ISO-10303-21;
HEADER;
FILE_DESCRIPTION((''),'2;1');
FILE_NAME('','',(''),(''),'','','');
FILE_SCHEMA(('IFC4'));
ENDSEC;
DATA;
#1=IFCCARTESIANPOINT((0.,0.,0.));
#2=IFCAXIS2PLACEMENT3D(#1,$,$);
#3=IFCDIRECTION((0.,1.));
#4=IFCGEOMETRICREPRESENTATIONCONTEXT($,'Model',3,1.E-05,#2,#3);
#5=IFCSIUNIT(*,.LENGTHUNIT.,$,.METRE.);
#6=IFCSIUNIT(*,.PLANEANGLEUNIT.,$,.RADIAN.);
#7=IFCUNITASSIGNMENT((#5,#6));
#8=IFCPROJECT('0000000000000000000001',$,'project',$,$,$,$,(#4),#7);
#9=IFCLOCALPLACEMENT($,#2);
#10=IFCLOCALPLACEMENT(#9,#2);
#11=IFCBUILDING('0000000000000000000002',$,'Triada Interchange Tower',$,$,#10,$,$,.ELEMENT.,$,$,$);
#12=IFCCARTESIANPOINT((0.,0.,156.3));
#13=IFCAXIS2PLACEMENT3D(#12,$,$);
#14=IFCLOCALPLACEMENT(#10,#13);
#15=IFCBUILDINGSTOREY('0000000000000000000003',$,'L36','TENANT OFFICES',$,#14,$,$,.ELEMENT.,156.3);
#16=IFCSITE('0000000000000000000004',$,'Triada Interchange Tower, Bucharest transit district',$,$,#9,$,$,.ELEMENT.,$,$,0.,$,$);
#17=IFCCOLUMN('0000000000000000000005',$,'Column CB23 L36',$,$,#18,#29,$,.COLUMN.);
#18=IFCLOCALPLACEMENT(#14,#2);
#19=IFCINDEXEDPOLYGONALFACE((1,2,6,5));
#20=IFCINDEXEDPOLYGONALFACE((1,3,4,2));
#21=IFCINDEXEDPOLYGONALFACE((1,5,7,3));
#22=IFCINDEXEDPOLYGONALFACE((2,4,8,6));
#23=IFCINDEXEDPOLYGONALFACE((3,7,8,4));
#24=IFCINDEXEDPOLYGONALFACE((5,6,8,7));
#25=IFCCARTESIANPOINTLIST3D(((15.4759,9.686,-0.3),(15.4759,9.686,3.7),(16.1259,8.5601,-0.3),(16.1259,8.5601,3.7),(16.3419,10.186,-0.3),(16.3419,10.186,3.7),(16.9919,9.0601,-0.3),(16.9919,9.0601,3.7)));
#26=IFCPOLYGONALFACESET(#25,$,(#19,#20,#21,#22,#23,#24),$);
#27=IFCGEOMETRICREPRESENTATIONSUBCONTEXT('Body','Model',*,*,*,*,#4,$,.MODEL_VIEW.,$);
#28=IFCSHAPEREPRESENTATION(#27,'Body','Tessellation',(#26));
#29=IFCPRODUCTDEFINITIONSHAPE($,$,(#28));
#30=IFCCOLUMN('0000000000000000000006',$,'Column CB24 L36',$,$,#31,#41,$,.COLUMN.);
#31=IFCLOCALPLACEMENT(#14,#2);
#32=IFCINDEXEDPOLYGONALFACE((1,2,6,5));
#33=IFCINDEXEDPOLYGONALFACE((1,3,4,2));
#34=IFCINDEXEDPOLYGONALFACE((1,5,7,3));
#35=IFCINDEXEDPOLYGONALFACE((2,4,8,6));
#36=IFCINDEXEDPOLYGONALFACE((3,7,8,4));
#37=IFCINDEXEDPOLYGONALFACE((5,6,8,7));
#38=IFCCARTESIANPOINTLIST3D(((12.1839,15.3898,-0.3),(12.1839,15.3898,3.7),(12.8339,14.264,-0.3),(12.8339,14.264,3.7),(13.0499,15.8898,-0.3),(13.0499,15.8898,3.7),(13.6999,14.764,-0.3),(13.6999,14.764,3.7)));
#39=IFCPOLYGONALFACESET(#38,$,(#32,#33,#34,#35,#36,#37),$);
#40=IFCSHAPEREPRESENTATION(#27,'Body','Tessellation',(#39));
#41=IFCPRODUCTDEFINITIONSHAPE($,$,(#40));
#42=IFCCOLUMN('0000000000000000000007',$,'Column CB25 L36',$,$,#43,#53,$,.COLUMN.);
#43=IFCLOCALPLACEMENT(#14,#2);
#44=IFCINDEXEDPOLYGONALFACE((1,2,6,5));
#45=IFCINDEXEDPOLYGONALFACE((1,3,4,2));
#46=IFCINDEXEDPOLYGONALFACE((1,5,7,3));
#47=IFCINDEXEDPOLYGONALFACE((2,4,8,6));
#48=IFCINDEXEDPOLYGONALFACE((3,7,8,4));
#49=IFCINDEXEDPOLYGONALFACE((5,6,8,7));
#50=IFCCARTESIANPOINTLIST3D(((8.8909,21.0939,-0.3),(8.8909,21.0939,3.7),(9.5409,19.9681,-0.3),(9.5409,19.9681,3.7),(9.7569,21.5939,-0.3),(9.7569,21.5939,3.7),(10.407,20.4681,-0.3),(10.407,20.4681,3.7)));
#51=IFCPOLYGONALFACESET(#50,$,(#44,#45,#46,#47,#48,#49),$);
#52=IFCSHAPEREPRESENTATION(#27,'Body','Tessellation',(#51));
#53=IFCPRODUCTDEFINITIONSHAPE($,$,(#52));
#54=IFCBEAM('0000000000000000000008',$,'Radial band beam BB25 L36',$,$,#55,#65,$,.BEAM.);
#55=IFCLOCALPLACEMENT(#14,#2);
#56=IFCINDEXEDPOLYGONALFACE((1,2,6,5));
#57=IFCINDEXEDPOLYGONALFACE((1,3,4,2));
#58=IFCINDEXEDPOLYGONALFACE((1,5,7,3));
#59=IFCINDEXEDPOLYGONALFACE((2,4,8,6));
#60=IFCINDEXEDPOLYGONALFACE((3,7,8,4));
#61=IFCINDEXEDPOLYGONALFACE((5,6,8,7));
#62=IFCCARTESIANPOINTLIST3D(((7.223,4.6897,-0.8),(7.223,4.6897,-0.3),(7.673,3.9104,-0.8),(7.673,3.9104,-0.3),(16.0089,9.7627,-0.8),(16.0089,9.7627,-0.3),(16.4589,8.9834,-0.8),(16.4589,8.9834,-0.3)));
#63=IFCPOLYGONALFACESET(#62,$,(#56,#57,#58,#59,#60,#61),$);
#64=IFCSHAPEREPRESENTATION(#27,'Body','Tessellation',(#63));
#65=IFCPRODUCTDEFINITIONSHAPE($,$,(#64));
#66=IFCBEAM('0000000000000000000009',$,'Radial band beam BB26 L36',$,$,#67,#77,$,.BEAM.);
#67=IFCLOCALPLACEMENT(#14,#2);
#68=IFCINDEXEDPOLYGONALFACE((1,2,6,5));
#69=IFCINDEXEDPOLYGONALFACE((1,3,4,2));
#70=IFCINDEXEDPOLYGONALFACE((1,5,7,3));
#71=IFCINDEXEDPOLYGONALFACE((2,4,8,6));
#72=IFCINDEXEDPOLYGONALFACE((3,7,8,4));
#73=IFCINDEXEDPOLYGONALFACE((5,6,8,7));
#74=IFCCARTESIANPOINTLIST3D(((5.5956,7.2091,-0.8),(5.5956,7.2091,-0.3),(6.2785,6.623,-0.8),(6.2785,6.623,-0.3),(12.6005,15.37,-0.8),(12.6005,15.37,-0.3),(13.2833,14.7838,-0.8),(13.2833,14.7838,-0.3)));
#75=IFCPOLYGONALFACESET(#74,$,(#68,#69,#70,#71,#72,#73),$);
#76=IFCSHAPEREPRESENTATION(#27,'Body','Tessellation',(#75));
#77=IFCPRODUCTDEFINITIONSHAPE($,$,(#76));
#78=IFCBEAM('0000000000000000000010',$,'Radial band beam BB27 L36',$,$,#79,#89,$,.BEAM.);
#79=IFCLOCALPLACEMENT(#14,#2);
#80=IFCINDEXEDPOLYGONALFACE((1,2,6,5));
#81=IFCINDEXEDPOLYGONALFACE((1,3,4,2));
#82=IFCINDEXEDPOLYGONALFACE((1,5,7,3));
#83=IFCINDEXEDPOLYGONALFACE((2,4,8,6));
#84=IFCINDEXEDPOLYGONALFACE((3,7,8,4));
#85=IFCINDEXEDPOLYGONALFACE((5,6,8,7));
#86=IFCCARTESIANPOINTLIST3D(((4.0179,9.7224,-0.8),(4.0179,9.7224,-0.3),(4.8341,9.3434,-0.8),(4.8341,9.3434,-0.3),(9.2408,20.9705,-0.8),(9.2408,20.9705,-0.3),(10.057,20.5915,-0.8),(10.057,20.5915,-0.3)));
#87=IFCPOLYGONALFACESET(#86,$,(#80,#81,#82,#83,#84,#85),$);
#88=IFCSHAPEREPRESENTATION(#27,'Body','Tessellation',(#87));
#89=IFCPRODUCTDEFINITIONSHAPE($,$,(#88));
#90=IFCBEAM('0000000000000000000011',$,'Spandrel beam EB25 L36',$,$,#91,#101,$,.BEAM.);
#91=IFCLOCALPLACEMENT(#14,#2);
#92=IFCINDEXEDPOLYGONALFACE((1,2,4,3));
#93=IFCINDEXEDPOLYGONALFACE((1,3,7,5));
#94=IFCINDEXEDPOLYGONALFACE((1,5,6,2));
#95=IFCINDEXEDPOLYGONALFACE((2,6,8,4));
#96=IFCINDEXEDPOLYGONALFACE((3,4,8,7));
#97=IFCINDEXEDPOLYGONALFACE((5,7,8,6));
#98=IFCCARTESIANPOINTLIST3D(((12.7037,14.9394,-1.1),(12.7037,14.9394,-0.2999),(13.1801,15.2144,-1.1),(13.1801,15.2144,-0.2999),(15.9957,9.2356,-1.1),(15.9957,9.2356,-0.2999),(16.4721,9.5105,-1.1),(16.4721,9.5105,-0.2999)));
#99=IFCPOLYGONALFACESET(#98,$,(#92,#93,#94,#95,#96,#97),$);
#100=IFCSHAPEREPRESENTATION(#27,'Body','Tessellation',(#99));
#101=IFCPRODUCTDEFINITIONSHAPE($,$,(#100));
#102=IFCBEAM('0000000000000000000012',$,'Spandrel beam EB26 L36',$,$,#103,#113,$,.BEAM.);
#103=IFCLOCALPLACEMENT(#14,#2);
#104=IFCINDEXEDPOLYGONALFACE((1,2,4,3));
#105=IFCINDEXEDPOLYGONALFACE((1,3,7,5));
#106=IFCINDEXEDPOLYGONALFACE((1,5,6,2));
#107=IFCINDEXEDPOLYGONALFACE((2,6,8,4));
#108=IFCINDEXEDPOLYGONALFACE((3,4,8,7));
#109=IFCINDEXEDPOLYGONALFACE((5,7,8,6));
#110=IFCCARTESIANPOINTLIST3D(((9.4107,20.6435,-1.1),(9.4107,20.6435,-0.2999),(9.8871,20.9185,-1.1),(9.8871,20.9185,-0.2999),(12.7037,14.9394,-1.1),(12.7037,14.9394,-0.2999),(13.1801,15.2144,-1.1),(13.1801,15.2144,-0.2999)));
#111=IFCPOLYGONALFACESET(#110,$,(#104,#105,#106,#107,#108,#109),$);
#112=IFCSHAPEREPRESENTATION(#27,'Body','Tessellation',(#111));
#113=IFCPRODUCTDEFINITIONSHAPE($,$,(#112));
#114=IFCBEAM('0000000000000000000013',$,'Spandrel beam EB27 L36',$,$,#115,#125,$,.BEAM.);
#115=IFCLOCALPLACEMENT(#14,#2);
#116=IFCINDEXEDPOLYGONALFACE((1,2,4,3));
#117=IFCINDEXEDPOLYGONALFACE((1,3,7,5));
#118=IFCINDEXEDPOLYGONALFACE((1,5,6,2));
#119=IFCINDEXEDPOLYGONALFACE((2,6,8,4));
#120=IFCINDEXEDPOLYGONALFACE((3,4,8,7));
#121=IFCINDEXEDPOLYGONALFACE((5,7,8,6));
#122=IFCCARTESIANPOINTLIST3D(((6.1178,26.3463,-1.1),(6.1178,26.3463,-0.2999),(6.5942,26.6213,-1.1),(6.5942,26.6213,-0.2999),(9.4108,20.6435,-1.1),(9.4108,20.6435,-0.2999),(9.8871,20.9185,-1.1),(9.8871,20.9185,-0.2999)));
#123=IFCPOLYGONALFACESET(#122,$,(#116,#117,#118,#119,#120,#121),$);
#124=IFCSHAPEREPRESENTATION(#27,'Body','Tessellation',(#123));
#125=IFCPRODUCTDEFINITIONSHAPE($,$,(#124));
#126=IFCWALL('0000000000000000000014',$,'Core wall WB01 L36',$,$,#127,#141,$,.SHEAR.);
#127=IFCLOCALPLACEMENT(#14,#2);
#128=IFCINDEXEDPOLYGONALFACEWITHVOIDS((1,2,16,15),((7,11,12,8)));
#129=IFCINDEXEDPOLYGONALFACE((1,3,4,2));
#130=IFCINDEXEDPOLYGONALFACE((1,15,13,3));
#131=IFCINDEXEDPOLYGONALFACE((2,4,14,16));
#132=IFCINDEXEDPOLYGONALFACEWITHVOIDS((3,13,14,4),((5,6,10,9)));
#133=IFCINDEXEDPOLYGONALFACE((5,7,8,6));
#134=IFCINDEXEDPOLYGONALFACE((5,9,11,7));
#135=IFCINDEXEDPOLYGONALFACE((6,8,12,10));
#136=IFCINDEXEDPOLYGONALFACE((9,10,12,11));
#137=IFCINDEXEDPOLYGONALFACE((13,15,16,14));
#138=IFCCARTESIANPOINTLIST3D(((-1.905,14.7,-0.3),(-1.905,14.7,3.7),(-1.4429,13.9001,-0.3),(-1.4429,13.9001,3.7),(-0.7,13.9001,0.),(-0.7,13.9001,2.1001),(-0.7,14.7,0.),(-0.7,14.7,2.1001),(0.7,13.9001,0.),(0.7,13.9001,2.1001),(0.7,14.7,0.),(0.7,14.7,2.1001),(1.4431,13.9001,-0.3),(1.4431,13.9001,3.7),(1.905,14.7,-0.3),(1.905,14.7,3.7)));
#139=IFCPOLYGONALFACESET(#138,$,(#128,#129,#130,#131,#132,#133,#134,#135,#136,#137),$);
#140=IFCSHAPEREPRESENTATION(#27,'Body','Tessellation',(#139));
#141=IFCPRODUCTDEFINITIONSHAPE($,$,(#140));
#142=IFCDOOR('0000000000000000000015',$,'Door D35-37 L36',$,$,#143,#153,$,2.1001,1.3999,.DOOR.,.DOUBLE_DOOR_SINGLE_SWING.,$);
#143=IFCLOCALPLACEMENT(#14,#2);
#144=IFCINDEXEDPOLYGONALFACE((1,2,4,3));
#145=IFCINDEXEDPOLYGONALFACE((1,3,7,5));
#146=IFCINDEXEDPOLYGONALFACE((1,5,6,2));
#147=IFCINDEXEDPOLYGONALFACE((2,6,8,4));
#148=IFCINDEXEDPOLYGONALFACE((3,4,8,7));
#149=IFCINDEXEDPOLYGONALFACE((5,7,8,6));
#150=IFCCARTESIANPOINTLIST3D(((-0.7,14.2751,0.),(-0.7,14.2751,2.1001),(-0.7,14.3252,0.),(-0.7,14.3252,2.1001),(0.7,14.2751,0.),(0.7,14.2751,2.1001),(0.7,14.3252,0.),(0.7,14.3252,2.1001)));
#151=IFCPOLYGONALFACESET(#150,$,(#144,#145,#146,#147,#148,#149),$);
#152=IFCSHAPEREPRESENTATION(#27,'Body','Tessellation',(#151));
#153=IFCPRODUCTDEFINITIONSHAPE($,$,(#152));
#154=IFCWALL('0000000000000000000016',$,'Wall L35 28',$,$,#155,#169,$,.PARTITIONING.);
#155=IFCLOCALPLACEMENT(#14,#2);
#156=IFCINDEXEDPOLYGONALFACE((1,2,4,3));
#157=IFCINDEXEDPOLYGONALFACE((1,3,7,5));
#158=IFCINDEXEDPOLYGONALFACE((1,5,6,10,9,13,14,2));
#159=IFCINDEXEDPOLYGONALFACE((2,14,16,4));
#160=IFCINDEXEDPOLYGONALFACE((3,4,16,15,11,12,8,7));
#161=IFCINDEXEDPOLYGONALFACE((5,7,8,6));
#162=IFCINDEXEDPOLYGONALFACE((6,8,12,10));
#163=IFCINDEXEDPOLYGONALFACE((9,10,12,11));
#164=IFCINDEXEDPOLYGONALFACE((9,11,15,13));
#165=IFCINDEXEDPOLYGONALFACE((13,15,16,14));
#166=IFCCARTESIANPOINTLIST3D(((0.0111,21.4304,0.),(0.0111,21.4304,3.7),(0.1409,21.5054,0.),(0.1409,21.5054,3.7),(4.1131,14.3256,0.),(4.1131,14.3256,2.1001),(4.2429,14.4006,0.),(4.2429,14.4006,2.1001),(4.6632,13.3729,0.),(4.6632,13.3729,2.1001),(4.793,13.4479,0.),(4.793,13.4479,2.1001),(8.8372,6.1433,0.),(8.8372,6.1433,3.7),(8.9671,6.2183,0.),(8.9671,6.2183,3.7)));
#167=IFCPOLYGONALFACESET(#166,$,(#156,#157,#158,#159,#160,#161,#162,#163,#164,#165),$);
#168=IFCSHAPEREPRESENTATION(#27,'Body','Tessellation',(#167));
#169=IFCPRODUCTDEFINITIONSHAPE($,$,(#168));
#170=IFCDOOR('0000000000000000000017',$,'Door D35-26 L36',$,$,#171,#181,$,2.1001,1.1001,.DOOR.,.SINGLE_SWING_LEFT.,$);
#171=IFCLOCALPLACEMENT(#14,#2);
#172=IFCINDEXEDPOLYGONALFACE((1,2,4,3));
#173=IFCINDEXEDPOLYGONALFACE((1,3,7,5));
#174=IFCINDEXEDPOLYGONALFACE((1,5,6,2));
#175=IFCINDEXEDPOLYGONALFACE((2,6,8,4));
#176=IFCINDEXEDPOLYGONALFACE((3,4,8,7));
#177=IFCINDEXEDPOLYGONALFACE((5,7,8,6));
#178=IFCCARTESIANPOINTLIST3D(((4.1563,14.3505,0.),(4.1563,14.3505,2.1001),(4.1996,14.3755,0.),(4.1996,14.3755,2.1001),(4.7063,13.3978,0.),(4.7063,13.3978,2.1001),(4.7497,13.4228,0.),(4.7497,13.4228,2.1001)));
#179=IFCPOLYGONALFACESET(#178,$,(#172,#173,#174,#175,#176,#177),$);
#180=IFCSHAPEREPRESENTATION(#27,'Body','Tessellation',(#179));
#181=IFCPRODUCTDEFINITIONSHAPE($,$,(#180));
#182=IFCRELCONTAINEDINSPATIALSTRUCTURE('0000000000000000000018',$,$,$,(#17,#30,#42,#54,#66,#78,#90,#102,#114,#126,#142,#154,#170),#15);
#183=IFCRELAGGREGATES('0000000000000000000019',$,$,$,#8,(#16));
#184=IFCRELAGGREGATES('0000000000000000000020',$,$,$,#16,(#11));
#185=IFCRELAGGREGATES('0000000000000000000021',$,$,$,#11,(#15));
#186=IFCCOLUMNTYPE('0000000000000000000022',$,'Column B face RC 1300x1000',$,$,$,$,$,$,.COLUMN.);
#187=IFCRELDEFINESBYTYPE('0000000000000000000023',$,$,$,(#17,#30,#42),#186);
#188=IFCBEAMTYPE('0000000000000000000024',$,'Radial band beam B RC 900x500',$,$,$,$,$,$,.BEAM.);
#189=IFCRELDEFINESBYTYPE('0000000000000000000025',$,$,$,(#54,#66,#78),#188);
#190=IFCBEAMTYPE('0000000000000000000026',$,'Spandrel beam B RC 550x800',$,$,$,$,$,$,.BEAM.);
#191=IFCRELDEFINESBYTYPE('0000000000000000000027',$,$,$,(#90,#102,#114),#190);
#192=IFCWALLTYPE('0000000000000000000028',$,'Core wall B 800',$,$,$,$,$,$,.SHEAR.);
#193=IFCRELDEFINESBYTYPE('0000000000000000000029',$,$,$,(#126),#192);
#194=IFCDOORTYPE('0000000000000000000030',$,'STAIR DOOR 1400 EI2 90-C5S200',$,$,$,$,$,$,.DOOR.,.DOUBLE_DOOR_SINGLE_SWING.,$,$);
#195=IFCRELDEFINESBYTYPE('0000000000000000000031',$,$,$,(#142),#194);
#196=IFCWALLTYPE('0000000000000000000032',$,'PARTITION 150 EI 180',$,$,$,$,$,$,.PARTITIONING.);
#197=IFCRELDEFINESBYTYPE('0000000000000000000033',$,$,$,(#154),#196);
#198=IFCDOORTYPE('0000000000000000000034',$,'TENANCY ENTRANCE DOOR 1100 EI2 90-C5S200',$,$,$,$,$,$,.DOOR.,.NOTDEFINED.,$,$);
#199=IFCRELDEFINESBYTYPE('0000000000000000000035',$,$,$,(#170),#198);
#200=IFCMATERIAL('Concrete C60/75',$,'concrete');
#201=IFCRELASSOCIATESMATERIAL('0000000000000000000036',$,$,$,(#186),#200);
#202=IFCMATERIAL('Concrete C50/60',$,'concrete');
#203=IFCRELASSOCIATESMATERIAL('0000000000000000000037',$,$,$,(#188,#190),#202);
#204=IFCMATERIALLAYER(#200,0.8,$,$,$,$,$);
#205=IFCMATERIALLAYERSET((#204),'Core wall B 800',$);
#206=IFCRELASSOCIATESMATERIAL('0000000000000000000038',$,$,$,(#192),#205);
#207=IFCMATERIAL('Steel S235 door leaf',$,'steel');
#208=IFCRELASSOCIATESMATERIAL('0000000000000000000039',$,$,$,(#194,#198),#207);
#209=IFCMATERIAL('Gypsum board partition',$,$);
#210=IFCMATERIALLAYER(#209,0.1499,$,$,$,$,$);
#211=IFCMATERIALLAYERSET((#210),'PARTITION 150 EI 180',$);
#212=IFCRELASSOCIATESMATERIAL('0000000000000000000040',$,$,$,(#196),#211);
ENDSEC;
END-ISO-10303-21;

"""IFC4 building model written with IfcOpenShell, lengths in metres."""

from ifc_helpers import new_model, si_unit, direction, frame, frame_2d, origin, origin_2d, place, context, subcontext, project, spatial, polyline, rectangle, outline, extrude, material, layer, layer_set, material_profile, profile_set, type_object, element, fill, save


model = new_model("IFC4")

# Units and contexts
model_context = context("Model", 3, precision=1e-05, world=origin(), true_north=direction((0.0, 1.0)))
body_context = subcontext(model_context, "Body", "Model", "MODEL_VIEW")
ifc_project = project(units=[si_unit("LENGTHUNIT", "METRE"), si_unit("PLANEANGLEUNIT", "RADIAN")], contexts=[model_context])

# Site, building, storey
site_placement = place(None, origin())
site = spatial("IfcSite", under=ifc_project, at=site_placement, Name="Triada Interchange Tower, Bucharest transit district", CompositionType="ELEMENT", RefElevation=0.0)
building_placement = place(site_placement, origin())
building = spatial("IfcBuilding", under=site, at=building_placement, Name="Triada Interchange Tower", CompositionType="ELEMENT")
storey_placement = place(building_placement, frame((0.0, 0.0, 156.3)))
storey = spatial("IfcBuildingStorey", under=building, at=storey_placement, Name="L36", Description="TENANT OFFICES", CompositionType="ELEMENT", Elevation=156.3)

# Columns
ifc_material_1 = material(Name="Concrete C60/75", Category="concrete")
ifc_material_profile_1 = material_profile(ifc_material_1, rectangle(XDim=1.3, YDim=1.0, at=origin_2d()), Name="RC 1300x1000")
ifc_profile_set_1 = profile_set([ifc_material_profile_1], Name="Concrete C60/75")
column_type = type_object("IfcColumnType", Name="Column B face RC 1300x1000", PredefinedType="COLUMN", material=ifc_profile_set_1)
for number, where, z_axis, x_axis, name in (
    (1, (16.2339, 9.373, -0.3), (0.0, 0.0, 1.0), (-0.5, 0.866025, 0.0), "Column CB23 L36"),
    (2, (12.9419, 15.0769, -0.3), (0.0, 0.0, 1.0), (-0.5, 0.866025, 0.0), "Column CB24 L36"),
    (3, (9.6489, 20.781, -0.3), (0.0, 0.0, 1.0), (-0.5, 0.866025, 0.0), "Column CB25 L36"),
):
    element("IfcColumn", number, at=place(storey_placement, frame(where, z_axis=z_axis, x_axis=x_axis)), inside=storey, type_object=column_type, Name=name, PredefinedType="COLUMN", context=body_context, shape_type="SweptSolid", body=[
        extrude(rectangle(XDim=1.3, YDim=1.0, at=origin_2d()), origin(), (0.0, 0.0, 1.0), 4.0),
    ])

# Beams
ifc_material_2 = material(Name="Concrete C50/60", Category="concrete")
ifc_material_profile_2 = material_profile(ifc_material_2, rectangle(XDim=0.8999, YDim=0.5, at=origin_2d()), Name="RC 900x500")
ifc_profile_set_2 = profile_set([ifc_material_profile_2], Name="Concrete C50/60")
beam_type_1 = type_object("IfcBeamType", Name="Radial band beam B RC 900x500", PredefinedType="BEAM", material=ifc_profile_set_2)
beam_1_placement = place(storey_placement, frame((16.2339, 9.373, -0.55), z_axis=(-0.866006, -0.500034, 0.0), x_axis=(0.500034, -0.866006, 0.0)))
element("IfcBeam", 4, at=beam_1_placement, inside=storey, type_object=beam_type_1, Name="Radial band beam BB25 L36", PredefinedType="BEAM", context=body_context, shape_type="SweptSolid", body=[
    extrude(rectangle(XDim=0.8999, YDim=0.5, at=origin_2d()), origin(), (0.0, 0.0, 1.0), 10.1453),
])
beam_2_placement = place(storey_placement, frame((12.9419, 15.0769, -0.55), z_axis=(-0.651318, -0.758805, 0.0), x_axis=(0.758805, -0.651318, 0.0)))
element("IfcBeam", 5, at=beam_2_placement, inside=storey, type_object=beam_type_1, Name="Radial band beam BB26 L36", PredefinedType="BEAM", context=body_context, shape_type="SweptSolid", body=[
    extrude(rectangle(XDim=0.8999, YDim=0.5, at=origin_2d()), origin(), (0.0, 0.0, 1.0), 10.7549),
])
beam_3_placement = place(storey_placement, frame((9.6489, 20.781, -0.55), z_axis=(-0.421151, -0.906991, 0.0), x_axis=(0.906991, -0.421151, 0.0)))
element("IfcBeam", 6, at=beam_3_placement, inside=storey, type_object=beam_type_1, Name="Radial band beam BB27 L36", PredefinedType="BEAM", context=body_context, shape_type="SweptSolid", body=[
    extrude(rectangle(XDim=0.8999, YDim=0.5, at=origin_2d()), origin(), (0.0, 0.0, 1.0), 12.4016),
])
ifc_material_profile_3 = material_profile(ifc_material_2, rectangle(XDim=0.55, YDim=0.8, at=origin_2d()), Name="RC 550x800")
ifc_profile_set_3 = profile_set([ifc_material_profile_3], Name="Concrete C50/60")
beam_type_2 = type_object("IfcBeamType", Name="Spandrel beam B RC 550x800", PredefinedType="BEAM", material=ifc_profile_set_3)
beam_4_placement = place(storey_placement, frame((16.2339, 9.373, -0.7), z_axis=(-0.499871, 0.8661, 0.0), x_axis=(-0.8661, -0.499871, 0.0)))
element("IfcBeam", 7, at=beam_4_placement, inside=storey, type_object=beam_type_2, Name="Spandrel beam EB25 L36", PredefinedType="BEAM", context=body_context, shape_type="SweptSolid", body=[
    extrude(rectangle(XDim=0.55, YDim=0.8, at=origin_2d()), origin(), (0.0, 0.0, 1.0), 6.5857),
])
beam_5_placement = place(storey_placement, frame((12.9419, 15.0769, -0.7), z_axis=(-0.499966, 0.866045, 0.0), x_axis=(-0.866045, -0.499966, 0.0)))
element("IfcBeam", 8, at=beam_5_placement, inside=storey, type_object=beam_type_2, Name="Spandrel beam EB26 L36", PredefinedType="BEAM", context=body_context, shape_type="SweptSolid", body=[
    extrude(rectangle(XDim=0.55, YDim=0.8, at=origin_2d()), origin(), (0.0, 0.0, 1.0), 6.5864),
])
beam_6_placement = place(storey_placement, frame((9.6489, 20.781, -0.7), z_axis=(-0.500047, 0.865999, 0.0), x_axis=(-0.865999, -0.500047, 0.0)))
element("IfcBeam", 9, at=beam_6_placement, inside=storey, type_object=beam_type_2, Name="Spandrel beam EB27 L36", PredefinedType="BEAM", context=body_context, shape_type="SweptSolid", body=[
    extrude(rectangle(XDim=0.55, YDim=0.8, at=origin_2d()), origin(), (0.0, 0.0, 1.0), 6.5852),
])

# Walls, openings, doors
ifc_layer_1 = layer(ifc_material_1, 0.8)
ifc_layer_set_1 = layer_set([ifc_layer_1], Name="Core wall B 800")
wall_type_1 = type_object("IfcWallType", Name="Core wall B 800", PredefinedType="SHEAR", material=ifc_layer_set_1)
wall_1_placement = place(storey_placement, frame((1.6741, 14.3, -0.3), z_axis=(0.0, 0.0, 1.0), x_axis=(-1.0, 0.0, 0.0)))
wall_1 = element("IfcWall", 10, at=wall_1_placement, inside=storey, type_object=wall_type_1, Name="Core wall WB01 L36", PredefinedType="SHEAR", context=body_context, shape_type="SweptSolid", body=[
    extrude(outline(polyline([(-0.231, -0.3999), (1.6741, -0.3999), (3.5791, -0.3999), (3.1169, 0.3999), (1.6738, 0.3999), (0.231, 0.3999), (-0.231, -0.3999)])), origin(), (0.0, 0.0, 1.0), 4.0),
])
opening_1_placement = place(wall_1_placement, frame((0.9741, 0.0, 0.3)))
opening_1 = element("IfcOpeningElement", 11, at=opening_1_placement, cuts=wall_1, PredefinedType="OPENING", context=body_context, shape_type="SweptSolid", body=[
    extrude(rectangle(XDim=1.3999, YDim=2.1001, at=frame_2d((0.7, 1.05))), frame((0.0, 0.4099, 0.0), z_axis=(0.0, -1.0, 0.0), x_axis=(1.0, 0.0, 0.0)), (0.0, 0.0, 1.0), 0.8201),
])
ifc_material_3 = material(Name="Steel S235 door leaf", Category="steel")
door_type_1 = type_object("IfcDoorType", Name="STAIR DOOR 1400 EI2 90-C5S200", OperationType="DOUBLE_DOOR_SINGLE_SWING", PredefinedType="DOOR", material=ifc_material_3)
door_1_placement = place(opening_1_placement, origin())
door_1 = element("IfcDoor", 12, at=door_1_placement, inside=storey, type_object=door_type_1, Name="Door D35-37 L36", OperationType="DOUBLE_DOOR_SINGLE_SWING", OverallHeight=2.1001, OverallWidth=1.3999, PredefinedType="DOOR", context=body_context, shape_type="SweptSolid", body=[
    extrude(rectangle(XDim=1.3999, YDim=2.1001, at=frame_2d((0.7, 1.05))), frame((0.0, 0.0249, 0.0), z_axis=(0.0, -1.0, 0.0), x_axis=(1.0, 0.0, 0.0)), (0.0, 0.0, 1.0), 0.05),
])
fill(opening_1, door_1)
ifc_material_4 = material(Name="Gypsum board partition")
ifc_layer_2 = layer(ifc_material_4, 0.1499)
ifc_layer_set_2 = layer_set([ifc_layer_2], Name="PARTITION 150 EI 180")
wall_type_2 = type_object("IfcWallType", Name="PARTITION 150 EI 180", PredefinedType="PARTITIONING", material=ifc_layer_set_2)
wall_2_placement = place(storey_placement, frame((0.0759, 21.468, 0.0), z_axis=(0.0, 0.0, 1.0), x_axis=(0.500007, -0.866022, 0.0)))
wall_2 = element("IfcWall", 13, at=wall_2_placement, inside=storey, type_object=wall_type_2, Name="Wall L35 28", PredefinedType="PARTITIONING", context=body_context, shape_type="SweptSolid", body=[
    extrude(rectangle(XDim=17.6521, YDim=0.1499, at=frame_2d((8.8262, 0.0))), origin(), (0.0, 0.0, 1.0), 3.7),
])
opening_2_placement = place(wall_2_placement, frame((8.2041, 0.0, 0.0)))
opening_2 = element("IfcOpeningElement", 14, at=opening_2_placement, cuts=wall_2, PredefinedType="OPENING", context=body_context, shape_type="SweptSolid", body=[
    extrude(rectangle(XDim=1.1001, YDim=2.1001, at=frame_2d((0.55, 1.05))), frame((0.0, 0.085, 0.0), z_axis=(0.0, -1.0, 0.0), x_axis=(1.0, 0.0, 0.0)), (0.0, 0.0, 1.0), 0.1699),
])
door_type_2 = type_object("IfcDoorType", Name="TENANCY ENTRANCE DOOR 1100 EI2 90-C5S200", OperationType="NOTDEFINED", PredefinedType="DOOR", material=ifc_material_3)
door_2_placement = place(opening_2_placement, origin())
door_2 = element("IfcDoor", 15, at=door_2_placement, inside=storey, type_object=door_type_2, Name="Door D35-26 L36", OperationType="SINGLE_SWING_LEFT", OverallHeight=2.1001, OverallWidth=1.1001, PredefinedType="DOOR", context=body_context, shape_type="SweptSolid", body=[
    extrude(rectangle(XDim=1.1001, YDim=2.1001, at=frame_2d((0.55, 1.05))), frame((0.0, 0.0249, 0.0), z_axis=(0.0, -1.0, 0.0), x_axis=(1.0, 0.0, 0.0)), (0.0, 0.0, 1.0), 0.05),
])
fill(opening_2, door_2)

save(model, "model.ifc")
